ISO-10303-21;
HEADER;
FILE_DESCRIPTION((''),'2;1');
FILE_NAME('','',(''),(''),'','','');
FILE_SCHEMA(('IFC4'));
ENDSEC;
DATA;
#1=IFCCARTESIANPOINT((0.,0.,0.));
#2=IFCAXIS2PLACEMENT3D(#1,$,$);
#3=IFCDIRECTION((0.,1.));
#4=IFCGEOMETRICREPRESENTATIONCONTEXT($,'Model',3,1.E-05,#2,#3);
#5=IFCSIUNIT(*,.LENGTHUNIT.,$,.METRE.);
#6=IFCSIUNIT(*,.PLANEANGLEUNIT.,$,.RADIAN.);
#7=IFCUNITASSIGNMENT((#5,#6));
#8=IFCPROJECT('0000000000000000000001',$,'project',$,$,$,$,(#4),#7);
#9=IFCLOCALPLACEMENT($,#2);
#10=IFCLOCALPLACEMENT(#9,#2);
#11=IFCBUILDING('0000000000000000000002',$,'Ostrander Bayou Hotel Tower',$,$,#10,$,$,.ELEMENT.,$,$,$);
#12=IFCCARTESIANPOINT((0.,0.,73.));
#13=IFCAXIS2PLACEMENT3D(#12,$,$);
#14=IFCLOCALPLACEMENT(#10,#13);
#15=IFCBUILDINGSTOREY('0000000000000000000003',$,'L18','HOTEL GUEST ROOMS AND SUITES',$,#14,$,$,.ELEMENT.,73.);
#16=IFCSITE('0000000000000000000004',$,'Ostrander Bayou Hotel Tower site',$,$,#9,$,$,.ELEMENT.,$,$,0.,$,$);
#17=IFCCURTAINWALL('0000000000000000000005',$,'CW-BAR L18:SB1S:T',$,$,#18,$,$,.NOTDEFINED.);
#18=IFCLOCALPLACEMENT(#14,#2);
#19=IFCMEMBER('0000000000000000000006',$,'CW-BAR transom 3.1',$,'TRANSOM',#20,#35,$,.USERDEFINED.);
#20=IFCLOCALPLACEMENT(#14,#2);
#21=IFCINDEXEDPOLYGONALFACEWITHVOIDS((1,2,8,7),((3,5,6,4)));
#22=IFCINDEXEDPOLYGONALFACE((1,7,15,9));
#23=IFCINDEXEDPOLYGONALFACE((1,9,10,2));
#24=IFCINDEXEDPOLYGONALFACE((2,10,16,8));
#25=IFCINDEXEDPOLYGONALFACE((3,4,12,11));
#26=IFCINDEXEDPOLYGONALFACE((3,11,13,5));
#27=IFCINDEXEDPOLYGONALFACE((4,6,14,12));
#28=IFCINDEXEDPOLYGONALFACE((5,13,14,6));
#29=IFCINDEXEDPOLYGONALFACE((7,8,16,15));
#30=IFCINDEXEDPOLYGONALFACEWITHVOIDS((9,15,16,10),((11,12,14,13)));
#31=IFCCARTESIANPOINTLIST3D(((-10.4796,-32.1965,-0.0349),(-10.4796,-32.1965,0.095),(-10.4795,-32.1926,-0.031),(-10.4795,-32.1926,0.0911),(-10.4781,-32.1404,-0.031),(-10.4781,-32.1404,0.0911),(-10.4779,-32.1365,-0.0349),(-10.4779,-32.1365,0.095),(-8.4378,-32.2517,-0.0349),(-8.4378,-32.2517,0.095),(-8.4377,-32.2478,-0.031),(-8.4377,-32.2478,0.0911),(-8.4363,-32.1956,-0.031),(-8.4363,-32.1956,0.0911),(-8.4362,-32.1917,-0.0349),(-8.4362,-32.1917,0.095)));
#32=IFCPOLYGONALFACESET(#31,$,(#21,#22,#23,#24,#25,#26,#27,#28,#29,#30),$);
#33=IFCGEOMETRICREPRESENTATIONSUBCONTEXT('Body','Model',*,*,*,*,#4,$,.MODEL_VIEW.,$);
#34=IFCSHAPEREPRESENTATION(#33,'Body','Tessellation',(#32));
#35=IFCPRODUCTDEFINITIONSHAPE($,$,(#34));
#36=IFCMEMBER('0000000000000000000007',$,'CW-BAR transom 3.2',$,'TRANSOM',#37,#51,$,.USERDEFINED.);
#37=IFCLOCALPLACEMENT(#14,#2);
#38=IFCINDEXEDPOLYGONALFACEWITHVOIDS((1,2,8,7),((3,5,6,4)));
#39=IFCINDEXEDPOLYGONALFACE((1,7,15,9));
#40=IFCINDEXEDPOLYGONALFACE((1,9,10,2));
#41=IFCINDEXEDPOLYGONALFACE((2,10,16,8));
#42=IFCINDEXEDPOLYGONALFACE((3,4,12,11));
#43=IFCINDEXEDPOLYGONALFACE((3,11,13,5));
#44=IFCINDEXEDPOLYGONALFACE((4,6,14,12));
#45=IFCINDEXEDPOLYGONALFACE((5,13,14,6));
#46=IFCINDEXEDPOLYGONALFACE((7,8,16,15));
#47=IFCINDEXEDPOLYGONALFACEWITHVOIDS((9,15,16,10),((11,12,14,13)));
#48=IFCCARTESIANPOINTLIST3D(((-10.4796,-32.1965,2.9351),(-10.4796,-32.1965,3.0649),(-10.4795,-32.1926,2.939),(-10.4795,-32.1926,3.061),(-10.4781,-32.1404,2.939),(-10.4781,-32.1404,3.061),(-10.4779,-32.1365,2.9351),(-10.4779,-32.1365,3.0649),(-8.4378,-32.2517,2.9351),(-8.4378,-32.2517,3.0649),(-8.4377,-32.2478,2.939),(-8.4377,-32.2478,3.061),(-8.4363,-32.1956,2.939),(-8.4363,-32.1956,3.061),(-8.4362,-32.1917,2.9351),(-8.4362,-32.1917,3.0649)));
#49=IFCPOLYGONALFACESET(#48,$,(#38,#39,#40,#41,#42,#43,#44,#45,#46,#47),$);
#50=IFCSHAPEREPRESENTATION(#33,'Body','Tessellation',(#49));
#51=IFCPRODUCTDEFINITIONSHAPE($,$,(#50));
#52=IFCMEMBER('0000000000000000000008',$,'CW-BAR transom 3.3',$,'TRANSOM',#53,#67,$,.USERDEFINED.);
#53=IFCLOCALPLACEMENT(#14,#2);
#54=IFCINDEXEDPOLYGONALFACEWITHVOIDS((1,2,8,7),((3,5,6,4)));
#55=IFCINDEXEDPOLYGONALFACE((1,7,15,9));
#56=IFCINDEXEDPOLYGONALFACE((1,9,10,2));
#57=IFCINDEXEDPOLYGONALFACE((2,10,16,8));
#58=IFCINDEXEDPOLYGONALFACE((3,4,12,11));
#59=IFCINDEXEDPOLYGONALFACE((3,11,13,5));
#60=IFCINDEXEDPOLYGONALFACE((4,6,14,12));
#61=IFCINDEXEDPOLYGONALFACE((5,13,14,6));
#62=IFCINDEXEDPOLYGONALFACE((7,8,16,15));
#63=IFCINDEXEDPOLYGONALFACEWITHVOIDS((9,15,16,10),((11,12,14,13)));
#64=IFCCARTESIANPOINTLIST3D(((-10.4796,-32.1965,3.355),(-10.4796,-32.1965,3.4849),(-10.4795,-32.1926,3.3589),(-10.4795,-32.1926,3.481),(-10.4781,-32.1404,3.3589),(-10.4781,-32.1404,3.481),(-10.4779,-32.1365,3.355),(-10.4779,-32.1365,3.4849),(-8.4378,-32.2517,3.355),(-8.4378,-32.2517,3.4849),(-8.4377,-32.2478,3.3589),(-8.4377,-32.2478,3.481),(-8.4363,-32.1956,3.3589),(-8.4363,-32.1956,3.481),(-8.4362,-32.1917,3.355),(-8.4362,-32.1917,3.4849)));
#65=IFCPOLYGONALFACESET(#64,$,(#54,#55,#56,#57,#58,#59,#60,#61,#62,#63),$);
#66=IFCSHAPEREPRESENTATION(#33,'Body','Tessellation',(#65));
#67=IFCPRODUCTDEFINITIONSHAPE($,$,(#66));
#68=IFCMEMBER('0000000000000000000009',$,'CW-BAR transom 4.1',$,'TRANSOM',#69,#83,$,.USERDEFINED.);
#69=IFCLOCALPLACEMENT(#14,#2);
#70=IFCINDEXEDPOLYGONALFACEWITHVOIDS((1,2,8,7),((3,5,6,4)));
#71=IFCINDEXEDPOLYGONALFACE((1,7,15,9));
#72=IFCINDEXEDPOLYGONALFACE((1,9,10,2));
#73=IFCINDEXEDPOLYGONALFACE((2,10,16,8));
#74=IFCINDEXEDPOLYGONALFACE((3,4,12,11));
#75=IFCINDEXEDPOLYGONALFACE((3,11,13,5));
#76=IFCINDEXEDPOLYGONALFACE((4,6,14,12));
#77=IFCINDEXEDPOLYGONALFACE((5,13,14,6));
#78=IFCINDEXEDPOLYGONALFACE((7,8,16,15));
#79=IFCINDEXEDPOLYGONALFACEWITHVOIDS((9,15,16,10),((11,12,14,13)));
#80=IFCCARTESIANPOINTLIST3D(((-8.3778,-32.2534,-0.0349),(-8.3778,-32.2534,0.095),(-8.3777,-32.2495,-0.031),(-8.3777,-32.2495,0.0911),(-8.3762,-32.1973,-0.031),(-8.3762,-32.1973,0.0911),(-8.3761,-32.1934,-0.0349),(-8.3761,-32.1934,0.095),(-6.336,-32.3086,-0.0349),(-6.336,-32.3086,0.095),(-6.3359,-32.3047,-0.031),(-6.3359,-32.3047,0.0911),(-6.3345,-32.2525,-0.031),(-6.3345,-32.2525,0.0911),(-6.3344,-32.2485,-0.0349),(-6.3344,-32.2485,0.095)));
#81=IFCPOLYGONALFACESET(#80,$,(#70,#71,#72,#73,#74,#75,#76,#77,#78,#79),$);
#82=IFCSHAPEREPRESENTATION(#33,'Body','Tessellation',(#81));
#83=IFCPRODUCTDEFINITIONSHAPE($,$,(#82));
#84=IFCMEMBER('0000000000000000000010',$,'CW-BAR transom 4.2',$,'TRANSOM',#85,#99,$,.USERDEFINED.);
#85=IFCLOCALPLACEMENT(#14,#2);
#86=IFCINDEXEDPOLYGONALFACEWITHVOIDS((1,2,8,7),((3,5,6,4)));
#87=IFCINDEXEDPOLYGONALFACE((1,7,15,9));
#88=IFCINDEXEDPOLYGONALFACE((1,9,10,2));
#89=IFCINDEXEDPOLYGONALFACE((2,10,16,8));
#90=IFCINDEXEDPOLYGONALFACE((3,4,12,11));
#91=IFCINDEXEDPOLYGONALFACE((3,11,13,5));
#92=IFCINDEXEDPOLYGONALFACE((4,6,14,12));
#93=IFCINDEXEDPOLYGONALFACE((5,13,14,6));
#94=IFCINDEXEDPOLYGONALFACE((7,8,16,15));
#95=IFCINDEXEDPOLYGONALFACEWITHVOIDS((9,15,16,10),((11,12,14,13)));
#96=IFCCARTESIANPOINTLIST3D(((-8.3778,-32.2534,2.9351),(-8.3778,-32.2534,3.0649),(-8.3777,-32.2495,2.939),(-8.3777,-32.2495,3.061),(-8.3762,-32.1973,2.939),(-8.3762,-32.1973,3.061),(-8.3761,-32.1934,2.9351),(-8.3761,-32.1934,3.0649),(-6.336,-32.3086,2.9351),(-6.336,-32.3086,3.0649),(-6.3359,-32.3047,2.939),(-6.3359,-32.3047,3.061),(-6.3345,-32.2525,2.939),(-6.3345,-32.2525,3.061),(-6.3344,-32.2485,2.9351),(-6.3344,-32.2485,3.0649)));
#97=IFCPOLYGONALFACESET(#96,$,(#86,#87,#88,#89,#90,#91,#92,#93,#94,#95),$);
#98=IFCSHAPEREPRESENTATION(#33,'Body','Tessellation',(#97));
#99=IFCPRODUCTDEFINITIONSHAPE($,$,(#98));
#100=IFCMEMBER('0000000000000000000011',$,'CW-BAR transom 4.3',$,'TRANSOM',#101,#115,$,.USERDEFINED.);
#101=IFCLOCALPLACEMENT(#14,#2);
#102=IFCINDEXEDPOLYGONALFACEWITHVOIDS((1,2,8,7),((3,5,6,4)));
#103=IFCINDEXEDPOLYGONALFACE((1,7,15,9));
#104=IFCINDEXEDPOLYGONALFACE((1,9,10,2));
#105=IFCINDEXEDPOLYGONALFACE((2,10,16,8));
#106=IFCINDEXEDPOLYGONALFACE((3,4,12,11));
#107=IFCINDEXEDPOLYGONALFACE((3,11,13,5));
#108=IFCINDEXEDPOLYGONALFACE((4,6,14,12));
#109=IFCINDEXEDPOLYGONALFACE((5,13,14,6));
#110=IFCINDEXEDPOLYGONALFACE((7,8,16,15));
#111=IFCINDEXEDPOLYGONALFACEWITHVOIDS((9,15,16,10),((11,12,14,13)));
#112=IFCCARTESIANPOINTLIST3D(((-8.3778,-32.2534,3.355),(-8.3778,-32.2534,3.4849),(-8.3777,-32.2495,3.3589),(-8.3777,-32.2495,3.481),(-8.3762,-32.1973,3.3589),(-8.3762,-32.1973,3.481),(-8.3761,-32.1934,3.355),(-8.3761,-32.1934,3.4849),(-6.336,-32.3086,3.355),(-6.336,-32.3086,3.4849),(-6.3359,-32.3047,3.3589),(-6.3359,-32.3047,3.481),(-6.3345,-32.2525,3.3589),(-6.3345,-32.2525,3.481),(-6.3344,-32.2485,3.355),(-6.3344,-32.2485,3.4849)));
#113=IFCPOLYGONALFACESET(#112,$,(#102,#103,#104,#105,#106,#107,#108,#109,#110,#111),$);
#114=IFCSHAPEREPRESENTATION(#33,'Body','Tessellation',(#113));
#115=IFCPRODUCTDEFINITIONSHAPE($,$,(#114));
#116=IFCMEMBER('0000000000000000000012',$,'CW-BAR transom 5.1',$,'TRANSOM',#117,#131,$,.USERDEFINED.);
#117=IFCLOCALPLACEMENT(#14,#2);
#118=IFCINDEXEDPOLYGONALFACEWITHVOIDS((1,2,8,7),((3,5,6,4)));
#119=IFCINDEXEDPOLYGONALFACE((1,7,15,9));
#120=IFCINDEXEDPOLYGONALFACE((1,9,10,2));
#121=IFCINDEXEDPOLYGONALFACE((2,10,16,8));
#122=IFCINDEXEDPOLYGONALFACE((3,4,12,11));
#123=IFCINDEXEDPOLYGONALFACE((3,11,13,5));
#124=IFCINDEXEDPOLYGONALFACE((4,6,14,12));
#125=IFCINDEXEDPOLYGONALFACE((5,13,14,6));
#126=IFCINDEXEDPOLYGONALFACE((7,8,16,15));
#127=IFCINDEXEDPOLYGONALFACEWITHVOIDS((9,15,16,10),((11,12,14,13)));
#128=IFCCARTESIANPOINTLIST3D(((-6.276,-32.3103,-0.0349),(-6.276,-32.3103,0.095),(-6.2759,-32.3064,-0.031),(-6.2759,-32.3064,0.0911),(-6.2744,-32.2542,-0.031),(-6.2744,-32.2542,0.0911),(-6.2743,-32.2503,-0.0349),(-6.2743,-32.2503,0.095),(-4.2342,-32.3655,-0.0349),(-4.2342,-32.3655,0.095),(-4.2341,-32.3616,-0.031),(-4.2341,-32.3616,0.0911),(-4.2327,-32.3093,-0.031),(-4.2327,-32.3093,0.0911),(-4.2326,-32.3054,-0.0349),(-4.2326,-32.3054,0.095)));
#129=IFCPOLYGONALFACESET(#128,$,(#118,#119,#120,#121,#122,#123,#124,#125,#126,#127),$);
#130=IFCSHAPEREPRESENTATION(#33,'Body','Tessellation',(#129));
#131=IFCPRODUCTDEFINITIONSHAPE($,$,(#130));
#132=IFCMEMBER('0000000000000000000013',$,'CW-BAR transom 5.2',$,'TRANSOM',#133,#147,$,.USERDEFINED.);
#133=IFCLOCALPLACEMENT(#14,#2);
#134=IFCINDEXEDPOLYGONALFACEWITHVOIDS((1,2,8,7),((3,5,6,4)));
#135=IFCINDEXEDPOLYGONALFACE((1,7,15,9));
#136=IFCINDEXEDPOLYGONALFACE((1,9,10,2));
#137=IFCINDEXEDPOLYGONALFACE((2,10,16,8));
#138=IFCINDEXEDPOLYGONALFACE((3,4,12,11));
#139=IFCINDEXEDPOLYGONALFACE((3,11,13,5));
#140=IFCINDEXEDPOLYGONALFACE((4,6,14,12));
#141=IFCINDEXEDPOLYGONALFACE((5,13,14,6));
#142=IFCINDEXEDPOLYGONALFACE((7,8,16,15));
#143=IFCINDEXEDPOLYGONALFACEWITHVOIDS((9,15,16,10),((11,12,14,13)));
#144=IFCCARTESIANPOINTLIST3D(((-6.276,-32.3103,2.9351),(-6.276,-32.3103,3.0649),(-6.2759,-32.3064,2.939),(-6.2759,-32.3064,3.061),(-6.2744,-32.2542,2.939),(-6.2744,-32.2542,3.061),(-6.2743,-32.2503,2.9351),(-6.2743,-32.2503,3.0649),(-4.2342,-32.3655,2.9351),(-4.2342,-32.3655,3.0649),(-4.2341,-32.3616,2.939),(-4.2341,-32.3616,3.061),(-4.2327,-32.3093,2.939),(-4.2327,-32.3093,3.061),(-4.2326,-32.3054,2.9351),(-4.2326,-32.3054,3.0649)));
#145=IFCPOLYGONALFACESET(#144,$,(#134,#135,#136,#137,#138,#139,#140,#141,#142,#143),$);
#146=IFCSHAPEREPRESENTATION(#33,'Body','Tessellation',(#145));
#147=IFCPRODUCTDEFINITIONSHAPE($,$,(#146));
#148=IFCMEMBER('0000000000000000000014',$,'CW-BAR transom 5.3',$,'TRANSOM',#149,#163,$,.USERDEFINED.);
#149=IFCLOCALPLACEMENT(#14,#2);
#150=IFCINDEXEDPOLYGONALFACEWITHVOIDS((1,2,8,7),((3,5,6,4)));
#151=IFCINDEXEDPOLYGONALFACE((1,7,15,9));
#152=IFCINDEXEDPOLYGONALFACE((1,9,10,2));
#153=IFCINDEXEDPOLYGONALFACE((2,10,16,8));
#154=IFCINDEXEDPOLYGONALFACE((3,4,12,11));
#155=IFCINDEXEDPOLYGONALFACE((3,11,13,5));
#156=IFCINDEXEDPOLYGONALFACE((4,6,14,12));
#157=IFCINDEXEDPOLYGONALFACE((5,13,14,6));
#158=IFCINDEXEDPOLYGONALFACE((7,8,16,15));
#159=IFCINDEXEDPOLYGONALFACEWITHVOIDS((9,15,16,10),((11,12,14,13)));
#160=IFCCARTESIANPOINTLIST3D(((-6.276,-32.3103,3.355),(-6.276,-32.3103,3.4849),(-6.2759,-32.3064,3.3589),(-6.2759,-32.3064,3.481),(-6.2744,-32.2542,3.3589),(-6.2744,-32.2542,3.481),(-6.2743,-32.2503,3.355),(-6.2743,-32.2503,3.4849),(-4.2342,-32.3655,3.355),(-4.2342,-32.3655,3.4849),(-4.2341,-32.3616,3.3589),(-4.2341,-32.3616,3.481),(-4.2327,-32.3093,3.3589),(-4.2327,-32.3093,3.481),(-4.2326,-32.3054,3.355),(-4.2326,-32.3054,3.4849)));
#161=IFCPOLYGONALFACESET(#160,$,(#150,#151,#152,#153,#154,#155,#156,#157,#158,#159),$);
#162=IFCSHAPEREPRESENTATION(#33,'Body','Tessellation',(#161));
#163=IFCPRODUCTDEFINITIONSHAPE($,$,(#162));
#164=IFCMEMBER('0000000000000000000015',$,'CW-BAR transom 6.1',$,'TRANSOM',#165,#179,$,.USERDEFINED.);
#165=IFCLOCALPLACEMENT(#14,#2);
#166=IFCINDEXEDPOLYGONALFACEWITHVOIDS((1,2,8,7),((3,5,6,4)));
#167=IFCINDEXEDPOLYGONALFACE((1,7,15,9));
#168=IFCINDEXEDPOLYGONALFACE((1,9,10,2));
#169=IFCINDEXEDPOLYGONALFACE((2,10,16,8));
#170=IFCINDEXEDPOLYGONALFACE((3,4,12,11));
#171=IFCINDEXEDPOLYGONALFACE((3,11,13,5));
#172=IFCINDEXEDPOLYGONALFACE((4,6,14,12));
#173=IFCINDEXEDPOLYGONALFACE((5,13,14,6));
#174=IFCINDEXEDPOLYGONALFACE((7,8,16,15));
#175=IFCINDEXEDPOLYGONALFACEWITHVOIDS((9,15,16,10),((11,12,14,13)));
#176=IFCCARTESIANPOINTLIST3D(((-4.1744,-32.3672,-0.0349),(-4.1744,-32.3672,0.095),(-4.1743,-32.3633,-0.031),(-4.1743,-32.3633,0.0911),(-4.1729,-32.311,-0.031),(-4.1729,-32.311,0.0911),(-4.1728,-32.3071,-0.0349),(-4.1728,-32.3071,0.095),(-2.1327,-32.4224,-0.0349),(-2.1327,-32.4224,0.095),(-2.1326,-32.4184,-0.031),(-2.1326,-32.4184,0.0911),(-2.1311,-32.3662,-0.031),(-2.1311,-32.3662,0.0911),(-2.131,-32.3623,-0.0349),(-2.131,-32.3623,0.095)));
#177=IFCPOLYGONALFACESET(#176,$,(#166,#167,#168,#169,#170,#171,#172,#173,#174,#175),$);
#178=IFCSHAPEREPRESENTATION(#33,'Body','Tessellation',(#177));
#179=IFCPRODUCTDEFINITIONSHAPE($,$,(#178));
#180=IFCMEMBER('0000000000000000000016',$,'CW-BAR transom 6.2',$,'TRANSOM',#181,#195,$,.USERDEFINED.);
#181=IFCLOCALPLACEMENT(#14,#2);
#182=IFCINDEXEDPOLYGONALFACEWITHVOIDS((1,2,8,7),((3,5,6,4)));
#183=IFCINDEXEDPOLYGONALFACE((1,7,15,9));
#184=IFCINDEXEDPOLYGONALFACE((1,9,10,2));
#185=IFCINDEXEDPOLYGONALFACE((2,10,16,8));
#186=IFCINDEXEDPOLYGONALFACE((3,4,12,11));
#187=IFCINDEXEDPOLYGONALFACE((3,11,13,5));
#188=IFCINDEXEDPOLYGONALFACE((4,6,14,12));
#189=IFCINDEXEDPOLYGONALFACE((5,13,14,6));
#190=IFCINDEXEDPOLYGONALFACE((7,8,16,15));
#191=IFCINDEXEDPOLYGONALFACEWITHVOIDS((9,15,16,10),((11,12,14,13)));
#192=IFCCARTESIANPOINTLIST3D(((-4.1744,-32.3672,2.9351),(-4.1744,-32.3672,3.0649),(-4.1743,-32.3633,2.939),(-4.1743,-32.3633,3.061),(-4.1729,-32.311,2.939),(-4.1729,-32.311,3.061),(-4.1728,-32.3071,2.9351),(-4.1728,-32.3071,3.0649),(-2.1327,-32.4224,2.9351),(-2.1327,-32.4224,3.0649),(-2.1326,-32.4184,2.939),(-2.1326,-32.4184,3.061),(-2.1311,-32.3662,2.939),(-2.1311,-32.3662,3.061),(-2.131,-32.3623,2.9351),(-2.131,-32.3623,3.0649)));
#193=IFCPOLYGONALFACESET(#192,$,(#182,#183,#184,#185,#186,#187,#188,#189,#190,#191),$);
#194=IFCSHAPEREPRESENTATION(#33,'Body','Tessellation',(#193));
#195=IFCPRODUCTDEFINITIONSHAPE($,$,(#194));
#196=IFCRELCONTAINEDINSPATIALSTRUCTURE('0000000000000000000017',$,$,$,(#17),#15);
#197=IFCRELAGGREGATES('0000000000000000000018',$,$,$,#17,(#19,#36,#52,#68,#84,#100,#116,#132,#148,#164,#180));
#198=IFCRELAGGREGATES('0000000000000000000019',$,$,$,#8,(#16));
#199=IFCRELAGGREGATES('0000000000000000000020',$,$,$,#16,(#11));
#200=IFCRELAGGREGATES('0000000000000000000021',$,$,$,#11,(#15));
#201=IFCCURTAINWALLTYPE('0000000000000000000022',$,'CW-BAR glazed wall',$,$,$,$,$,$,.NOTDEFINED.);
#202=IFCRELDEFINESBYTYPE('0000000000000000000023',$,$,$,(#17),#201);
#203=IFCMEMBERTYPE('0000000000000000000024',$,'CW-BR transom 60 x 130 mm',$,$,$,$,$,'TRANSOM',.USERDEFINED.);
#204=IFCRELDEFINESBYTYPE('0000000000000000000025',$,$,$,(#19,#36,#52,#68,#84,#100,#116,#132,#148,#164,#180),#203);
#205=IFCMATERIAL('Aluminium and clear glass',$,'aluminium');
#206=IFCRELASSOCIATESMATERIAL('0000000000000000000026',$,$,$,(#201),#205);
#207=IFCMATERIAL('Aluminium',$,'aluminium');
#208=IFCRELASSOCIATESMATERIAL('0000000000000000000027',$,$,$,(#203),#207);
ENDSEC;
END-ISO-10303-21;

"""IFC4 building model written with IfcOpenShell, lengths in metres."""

from ifc_helpers import new_model, si_unit, direction, frame, origin, origin_2d, place, context, subcontext, project, spatial, hollow_rectangle, extrude, material, material_profile, profile_set, type_object, element, aggregate, save


model = new_model("IFC4")

# Units and contexts
model_context = context("Model", 3, precision=1e-05, world=origin(), true_north=direction((0.0, 1.0)))
body_context = subcontext(model_context, "Body", "Model", "MODEL_VIEW")
ifc_project = project(units=[si_unit("LENGTHUNIT", "METRE"), si_unit("PLANEANGLEUNIT", "RADIAN")], contexts=[model_context])

# Site, building, storey
site_placement = place(None, origin())
site = spatial("IfcSite", under=ifc_project, at=site_placement, Name="Ostrander Bayou Hotel Tower site", CompositionType="ELEMENT", RefElevation=0.0)
building_placement = place(site_placement, origin())
building = spatial("IfcBuilding", under=site, at=building_placement, Name="Ostrander Bayou Hotel Tower", CompositionType="ELEMENT")
storey_placement = place(building_placement, frame((0.0, 0.0, 73.0)))
storey = spatial("IfcBuildingStorey", under=building, at=storey_placement, Name="L18", Description="HOTEL GUEST ROOMS AND SUITES", CompositionType="ELEMENT", Elevation=73.0)

# Curtain wall, members
ifc_material_1 = material(Name="Aluminium and clear glass", Category="aluminium")
curtain_wall_type = type_object("IfcCurtainWallType", Name="CW-BAR glazed wall", PredefinedType="NOTDEFINED", material=ifc_material_1)
curtain_wall_placement = place(storey_placement, origin())
curtain_wall = element("IfcCurtainWall", 1, at=curtain_wall_placement, inside=storey, type_object=curtain_wall_type, Name="CW-BAR L18:SB1S:T", PredefinedType="NOTDEFINED")
ifc_material_2 = material(Name="Aluminium", Category="aluminium")
ifc_material_profile_1 = material_profile(ifc_material_2, hollow_rectangle(XDim=0.0601, YDim=0.1299, WallThickness=0.0039, at=origin_2d()))
ifc_profile_set_1 = profile_set([ifc_material_profile_1], Name="Aluminium")
member_type_1 = type_object("IfcMemberType", Name="CW-BR transom 60 x 130 mm", ElementType="TRANSOM", PredefinedType="USERDEFINED", material=ifc_profile_set_1)
member_1_placement = place(storey_placement, frame((-10.4788, -32.1665, 0.03), z_axis=(0.999635, -0.027014, 0.0), x_axis=(0.027014, 0.999635, 0.0)))
member_1 = element("IfcMember", 2, at=member_1_placement, type_object=member_type_1, Name="CW-BAR transom 3.1", ObjectType="TRANSOM", PredefinedType="USERDEFINED", context=body_context, shape_type="SweptSolid", body=[
    extrude(hollow_rectangle(XDim=0.0601, YDim=0.1299, WallThickness=0.0039, at=origin_2d()), origin(), (0.0, 0.0, 1.0), 2.0425),
])
member_2_placement = place(storey_placement, frame((-10.4788, -32.1665, 3.0), z_axis=(0.999635, -0.027014, 0.0), x_axis=(0.027014, 0.999635, 0.0)))
member_2 = element("IfcMember", 3, at=member_2_placement, type_object=member_type_1, Name="CW-BAR transom 3.2", ObjectType="TRANSOM", PredefinedType="USERDEFINED", context=body_context, shape_type="SweptSolid", body=[
    extrude(hollow_rectangle(XDim=0.0601, YDim=0.1299, WallThickness=0.0039, at=origin_2d()), origin(), (0.0, 0.0, 1.0), 2.0425),
])
member_3_placement = place(storey_placement, frame((-10.4788, -32.1665, 3.4199), z_axis=(0.999635, -0.027014, 0.0), x_axis=(0.027014, 0.999635, 0.0)))
member_3 = element("IfcMember", 4, at=member_3_placement, type_object=member_type_1, Name="CW-BAR transom 3.3", ObjectType="TRANSOM", PredefinedType="USERDEFINED", context=body_context, shape_type="SweptSolid", body=[
    extrude(hollow_rectangle(XDim=0.0601, YDim=0.1299, WallThickness=0.0039, at=origin_2d()), origin(), (0.0, 0.0, 1.0), 2.0425),
])
member_4_placement = place(storey_placement, frame((-8.377, -32.2234, 0.03), z_axis=(0.999635, -0.027014, 0.0), x_axis=(0.027014, 0.999635, 0.0)))
member_4 = element("IfcMember", 5, at=member_4_placement, type_object=member_type_1, Name="CW-BAR transom 4.1", ObjectType="TRANSOM", PredefinedType="USERDEFINED", context=body_context, shape_type="SweptSolid", body=[
    extrude(hollow_rectangle(XDim=0.0601, YDim=0.1299, WallThickness=0.0039, at=origin_2d()), origin(), (0.0, 0.0, 1.0), 2.0425),
])
member_5_placement = place(storey_placement, frame((-8.377, -32.2234, 3.0), z_axis=(0.999635, -0.027014, 0.0), x_axis=(0.027014, 0.999635, 0.0)))
member_5 = element("IfcMember", 6, at=member_5_placement, type_object=member_type_1, Name="CW-BAR transom 4.2", ObjectType="TRANSOM", PredefinedType="USERDEFINED", context=body_context, shape_type="SweptSolid", body=[
    extrude(hollow_rectangle(XDim=0.0601, YDim=0.1299, WallThickness=0.0039, at=origin_2d()), origin(), (0.0, 0.0, 1.0), 2.0425),
])
member_6_placement = place(storey_placement, frame((-8.377, -32.2234, 3.4199), z_axis=(0.999635, -0.027014, 0.0), x_axis=(0.027014, 0.999635, 0.0)))
member_6 = element("IfcMember", 7, at=member_6_placement, type_object=member_type_1, Name="CW-BAR transom 4.3", ObjectType="TRANSOM", PredefinedType="USERDEFINED", context=body_context, shape_type="SweptSolid", body=[
    extrude(hollow_rectangle(XDim=0.0601, YDim=0.1299, WallThickness=0.0039, at=origin_2d()), origin(), (0.0, 0.0, 1.0), 2.0425),
])
member_7_placement = place(storey_placement, frame((-6.2751, -32.2803, 0.03), z_axis=(0.999635, -0.027014, 0.0), x_axis=(0.027014, 0.999635, 0.0)))
member_7 = element("IfcMember", 8, at=member_7_placement, type_object=member_type_1, Name="CW-BAR transom 5.1", ObjectType="TRANSOM", PredefinedType="USERDEFINED", context=body_context, shape_type="SweptSolid", body=[
    extrude(hollow_rectangle(XDim=0.0601, YDim=0.1299, WallThickness=0.0039, at=origin_2d()), origin(), (0.0, 0.0, 1.0), 2.0425),
])
member_8_placement = place(storey_placement, frame((-6.2751, -32.2803, 3.0), z_axis=(0.999635, -0.027014, 0.0), x_axis=(0.027014, 0.999635, 0.0)))
member_8 = element("IfcMember", 9, at=member_8_placement, type_object=member_type_1, Name="CW-BAR transom 5.2", ObjectType="TRANSOM", PredefinedType="USERDEFINED", context=body_context, shape_type="SweptSolid", body=[
    extrude(hollow_rectangle(XDim=0.0601, YDim=0.1299, WallThickness=0.0039, at=origin_2d()), origin(), (0.0, 0.0, 1.0), 2.0425),
])
member_9_placement = place(storey_placement, frame((-6.2751, -32.2803, 3.4199), z_axis=(0.999635, -0.027014, 0.0), x_axis=(0.027014, 0.999635, 0.0)))
member_9 = element("IfcMember", 10, at=member_9_placement, type_object=member_type_1, Name="CW-BAR transom 5.3", ObjectType="TRANSOM", PredefinedType="USERDEFINED", context=body_context, shape_type="SweptSolid", body=[
    extrude(hollow_rectangle(XDim=0.0601, YDim=0.1299, WallThickness=0.0039, at=origin_2d()), origin(), (0.0, 0.0, 1.0), 2.0425),
])
member_10_placement = place(storey_placement, frame((-4.1736, -32.3372, 0.03), z_axis=(0.999635, -0.027014, 0.0), x_axis=(0.027014, 0.999635, 0.0)))
member_10 = element("IfcMember", 11, at=member_10_placement, type_object=member_type_1, Name="CW-BAR transom 6.1", ObjectType="TRANSOM", PredefinedType="USERDEFINED", context=body_context, shape_type="SweptSolid", body=[
    extrude(hollow_rectangle(XDim=0.0601, YDim=0.1299, WallThickness=0.0039, at=origin_2d()), origin(), (0.0, 0.0, 1.0), 2.0425),
])
member_11_placement = place(storey_placement, frame((-4.1736, -32.3372, 3.0), z_axis=(0.999635, -0.027014, 0.0), x_axis=(0.027014, 0.999635, 0.0)))
member_11 = element("IfcMember", 12, at=member_11_placement, type_object=member_type_1, Name="CW-BAR transom 6.2", ObjectType="TRANSOM", PredefinedType="USERDEFINED", context=body_context, shape_type="SweptSolid", body=[
    extrude(hollow_rectangle(XDim=0.0601, YDim=0.1299, WallThickness=0.0039, at=origin_2d()), origin(), (0.0, 0.0, 1.0), 2.0425),
])
aggregate(curtain_wall, [member_1, member_2, member_3, member_4, member_5, member_6, member_7, member_8, member_9, member_10, member_11])

save(model, "model.ifc")
